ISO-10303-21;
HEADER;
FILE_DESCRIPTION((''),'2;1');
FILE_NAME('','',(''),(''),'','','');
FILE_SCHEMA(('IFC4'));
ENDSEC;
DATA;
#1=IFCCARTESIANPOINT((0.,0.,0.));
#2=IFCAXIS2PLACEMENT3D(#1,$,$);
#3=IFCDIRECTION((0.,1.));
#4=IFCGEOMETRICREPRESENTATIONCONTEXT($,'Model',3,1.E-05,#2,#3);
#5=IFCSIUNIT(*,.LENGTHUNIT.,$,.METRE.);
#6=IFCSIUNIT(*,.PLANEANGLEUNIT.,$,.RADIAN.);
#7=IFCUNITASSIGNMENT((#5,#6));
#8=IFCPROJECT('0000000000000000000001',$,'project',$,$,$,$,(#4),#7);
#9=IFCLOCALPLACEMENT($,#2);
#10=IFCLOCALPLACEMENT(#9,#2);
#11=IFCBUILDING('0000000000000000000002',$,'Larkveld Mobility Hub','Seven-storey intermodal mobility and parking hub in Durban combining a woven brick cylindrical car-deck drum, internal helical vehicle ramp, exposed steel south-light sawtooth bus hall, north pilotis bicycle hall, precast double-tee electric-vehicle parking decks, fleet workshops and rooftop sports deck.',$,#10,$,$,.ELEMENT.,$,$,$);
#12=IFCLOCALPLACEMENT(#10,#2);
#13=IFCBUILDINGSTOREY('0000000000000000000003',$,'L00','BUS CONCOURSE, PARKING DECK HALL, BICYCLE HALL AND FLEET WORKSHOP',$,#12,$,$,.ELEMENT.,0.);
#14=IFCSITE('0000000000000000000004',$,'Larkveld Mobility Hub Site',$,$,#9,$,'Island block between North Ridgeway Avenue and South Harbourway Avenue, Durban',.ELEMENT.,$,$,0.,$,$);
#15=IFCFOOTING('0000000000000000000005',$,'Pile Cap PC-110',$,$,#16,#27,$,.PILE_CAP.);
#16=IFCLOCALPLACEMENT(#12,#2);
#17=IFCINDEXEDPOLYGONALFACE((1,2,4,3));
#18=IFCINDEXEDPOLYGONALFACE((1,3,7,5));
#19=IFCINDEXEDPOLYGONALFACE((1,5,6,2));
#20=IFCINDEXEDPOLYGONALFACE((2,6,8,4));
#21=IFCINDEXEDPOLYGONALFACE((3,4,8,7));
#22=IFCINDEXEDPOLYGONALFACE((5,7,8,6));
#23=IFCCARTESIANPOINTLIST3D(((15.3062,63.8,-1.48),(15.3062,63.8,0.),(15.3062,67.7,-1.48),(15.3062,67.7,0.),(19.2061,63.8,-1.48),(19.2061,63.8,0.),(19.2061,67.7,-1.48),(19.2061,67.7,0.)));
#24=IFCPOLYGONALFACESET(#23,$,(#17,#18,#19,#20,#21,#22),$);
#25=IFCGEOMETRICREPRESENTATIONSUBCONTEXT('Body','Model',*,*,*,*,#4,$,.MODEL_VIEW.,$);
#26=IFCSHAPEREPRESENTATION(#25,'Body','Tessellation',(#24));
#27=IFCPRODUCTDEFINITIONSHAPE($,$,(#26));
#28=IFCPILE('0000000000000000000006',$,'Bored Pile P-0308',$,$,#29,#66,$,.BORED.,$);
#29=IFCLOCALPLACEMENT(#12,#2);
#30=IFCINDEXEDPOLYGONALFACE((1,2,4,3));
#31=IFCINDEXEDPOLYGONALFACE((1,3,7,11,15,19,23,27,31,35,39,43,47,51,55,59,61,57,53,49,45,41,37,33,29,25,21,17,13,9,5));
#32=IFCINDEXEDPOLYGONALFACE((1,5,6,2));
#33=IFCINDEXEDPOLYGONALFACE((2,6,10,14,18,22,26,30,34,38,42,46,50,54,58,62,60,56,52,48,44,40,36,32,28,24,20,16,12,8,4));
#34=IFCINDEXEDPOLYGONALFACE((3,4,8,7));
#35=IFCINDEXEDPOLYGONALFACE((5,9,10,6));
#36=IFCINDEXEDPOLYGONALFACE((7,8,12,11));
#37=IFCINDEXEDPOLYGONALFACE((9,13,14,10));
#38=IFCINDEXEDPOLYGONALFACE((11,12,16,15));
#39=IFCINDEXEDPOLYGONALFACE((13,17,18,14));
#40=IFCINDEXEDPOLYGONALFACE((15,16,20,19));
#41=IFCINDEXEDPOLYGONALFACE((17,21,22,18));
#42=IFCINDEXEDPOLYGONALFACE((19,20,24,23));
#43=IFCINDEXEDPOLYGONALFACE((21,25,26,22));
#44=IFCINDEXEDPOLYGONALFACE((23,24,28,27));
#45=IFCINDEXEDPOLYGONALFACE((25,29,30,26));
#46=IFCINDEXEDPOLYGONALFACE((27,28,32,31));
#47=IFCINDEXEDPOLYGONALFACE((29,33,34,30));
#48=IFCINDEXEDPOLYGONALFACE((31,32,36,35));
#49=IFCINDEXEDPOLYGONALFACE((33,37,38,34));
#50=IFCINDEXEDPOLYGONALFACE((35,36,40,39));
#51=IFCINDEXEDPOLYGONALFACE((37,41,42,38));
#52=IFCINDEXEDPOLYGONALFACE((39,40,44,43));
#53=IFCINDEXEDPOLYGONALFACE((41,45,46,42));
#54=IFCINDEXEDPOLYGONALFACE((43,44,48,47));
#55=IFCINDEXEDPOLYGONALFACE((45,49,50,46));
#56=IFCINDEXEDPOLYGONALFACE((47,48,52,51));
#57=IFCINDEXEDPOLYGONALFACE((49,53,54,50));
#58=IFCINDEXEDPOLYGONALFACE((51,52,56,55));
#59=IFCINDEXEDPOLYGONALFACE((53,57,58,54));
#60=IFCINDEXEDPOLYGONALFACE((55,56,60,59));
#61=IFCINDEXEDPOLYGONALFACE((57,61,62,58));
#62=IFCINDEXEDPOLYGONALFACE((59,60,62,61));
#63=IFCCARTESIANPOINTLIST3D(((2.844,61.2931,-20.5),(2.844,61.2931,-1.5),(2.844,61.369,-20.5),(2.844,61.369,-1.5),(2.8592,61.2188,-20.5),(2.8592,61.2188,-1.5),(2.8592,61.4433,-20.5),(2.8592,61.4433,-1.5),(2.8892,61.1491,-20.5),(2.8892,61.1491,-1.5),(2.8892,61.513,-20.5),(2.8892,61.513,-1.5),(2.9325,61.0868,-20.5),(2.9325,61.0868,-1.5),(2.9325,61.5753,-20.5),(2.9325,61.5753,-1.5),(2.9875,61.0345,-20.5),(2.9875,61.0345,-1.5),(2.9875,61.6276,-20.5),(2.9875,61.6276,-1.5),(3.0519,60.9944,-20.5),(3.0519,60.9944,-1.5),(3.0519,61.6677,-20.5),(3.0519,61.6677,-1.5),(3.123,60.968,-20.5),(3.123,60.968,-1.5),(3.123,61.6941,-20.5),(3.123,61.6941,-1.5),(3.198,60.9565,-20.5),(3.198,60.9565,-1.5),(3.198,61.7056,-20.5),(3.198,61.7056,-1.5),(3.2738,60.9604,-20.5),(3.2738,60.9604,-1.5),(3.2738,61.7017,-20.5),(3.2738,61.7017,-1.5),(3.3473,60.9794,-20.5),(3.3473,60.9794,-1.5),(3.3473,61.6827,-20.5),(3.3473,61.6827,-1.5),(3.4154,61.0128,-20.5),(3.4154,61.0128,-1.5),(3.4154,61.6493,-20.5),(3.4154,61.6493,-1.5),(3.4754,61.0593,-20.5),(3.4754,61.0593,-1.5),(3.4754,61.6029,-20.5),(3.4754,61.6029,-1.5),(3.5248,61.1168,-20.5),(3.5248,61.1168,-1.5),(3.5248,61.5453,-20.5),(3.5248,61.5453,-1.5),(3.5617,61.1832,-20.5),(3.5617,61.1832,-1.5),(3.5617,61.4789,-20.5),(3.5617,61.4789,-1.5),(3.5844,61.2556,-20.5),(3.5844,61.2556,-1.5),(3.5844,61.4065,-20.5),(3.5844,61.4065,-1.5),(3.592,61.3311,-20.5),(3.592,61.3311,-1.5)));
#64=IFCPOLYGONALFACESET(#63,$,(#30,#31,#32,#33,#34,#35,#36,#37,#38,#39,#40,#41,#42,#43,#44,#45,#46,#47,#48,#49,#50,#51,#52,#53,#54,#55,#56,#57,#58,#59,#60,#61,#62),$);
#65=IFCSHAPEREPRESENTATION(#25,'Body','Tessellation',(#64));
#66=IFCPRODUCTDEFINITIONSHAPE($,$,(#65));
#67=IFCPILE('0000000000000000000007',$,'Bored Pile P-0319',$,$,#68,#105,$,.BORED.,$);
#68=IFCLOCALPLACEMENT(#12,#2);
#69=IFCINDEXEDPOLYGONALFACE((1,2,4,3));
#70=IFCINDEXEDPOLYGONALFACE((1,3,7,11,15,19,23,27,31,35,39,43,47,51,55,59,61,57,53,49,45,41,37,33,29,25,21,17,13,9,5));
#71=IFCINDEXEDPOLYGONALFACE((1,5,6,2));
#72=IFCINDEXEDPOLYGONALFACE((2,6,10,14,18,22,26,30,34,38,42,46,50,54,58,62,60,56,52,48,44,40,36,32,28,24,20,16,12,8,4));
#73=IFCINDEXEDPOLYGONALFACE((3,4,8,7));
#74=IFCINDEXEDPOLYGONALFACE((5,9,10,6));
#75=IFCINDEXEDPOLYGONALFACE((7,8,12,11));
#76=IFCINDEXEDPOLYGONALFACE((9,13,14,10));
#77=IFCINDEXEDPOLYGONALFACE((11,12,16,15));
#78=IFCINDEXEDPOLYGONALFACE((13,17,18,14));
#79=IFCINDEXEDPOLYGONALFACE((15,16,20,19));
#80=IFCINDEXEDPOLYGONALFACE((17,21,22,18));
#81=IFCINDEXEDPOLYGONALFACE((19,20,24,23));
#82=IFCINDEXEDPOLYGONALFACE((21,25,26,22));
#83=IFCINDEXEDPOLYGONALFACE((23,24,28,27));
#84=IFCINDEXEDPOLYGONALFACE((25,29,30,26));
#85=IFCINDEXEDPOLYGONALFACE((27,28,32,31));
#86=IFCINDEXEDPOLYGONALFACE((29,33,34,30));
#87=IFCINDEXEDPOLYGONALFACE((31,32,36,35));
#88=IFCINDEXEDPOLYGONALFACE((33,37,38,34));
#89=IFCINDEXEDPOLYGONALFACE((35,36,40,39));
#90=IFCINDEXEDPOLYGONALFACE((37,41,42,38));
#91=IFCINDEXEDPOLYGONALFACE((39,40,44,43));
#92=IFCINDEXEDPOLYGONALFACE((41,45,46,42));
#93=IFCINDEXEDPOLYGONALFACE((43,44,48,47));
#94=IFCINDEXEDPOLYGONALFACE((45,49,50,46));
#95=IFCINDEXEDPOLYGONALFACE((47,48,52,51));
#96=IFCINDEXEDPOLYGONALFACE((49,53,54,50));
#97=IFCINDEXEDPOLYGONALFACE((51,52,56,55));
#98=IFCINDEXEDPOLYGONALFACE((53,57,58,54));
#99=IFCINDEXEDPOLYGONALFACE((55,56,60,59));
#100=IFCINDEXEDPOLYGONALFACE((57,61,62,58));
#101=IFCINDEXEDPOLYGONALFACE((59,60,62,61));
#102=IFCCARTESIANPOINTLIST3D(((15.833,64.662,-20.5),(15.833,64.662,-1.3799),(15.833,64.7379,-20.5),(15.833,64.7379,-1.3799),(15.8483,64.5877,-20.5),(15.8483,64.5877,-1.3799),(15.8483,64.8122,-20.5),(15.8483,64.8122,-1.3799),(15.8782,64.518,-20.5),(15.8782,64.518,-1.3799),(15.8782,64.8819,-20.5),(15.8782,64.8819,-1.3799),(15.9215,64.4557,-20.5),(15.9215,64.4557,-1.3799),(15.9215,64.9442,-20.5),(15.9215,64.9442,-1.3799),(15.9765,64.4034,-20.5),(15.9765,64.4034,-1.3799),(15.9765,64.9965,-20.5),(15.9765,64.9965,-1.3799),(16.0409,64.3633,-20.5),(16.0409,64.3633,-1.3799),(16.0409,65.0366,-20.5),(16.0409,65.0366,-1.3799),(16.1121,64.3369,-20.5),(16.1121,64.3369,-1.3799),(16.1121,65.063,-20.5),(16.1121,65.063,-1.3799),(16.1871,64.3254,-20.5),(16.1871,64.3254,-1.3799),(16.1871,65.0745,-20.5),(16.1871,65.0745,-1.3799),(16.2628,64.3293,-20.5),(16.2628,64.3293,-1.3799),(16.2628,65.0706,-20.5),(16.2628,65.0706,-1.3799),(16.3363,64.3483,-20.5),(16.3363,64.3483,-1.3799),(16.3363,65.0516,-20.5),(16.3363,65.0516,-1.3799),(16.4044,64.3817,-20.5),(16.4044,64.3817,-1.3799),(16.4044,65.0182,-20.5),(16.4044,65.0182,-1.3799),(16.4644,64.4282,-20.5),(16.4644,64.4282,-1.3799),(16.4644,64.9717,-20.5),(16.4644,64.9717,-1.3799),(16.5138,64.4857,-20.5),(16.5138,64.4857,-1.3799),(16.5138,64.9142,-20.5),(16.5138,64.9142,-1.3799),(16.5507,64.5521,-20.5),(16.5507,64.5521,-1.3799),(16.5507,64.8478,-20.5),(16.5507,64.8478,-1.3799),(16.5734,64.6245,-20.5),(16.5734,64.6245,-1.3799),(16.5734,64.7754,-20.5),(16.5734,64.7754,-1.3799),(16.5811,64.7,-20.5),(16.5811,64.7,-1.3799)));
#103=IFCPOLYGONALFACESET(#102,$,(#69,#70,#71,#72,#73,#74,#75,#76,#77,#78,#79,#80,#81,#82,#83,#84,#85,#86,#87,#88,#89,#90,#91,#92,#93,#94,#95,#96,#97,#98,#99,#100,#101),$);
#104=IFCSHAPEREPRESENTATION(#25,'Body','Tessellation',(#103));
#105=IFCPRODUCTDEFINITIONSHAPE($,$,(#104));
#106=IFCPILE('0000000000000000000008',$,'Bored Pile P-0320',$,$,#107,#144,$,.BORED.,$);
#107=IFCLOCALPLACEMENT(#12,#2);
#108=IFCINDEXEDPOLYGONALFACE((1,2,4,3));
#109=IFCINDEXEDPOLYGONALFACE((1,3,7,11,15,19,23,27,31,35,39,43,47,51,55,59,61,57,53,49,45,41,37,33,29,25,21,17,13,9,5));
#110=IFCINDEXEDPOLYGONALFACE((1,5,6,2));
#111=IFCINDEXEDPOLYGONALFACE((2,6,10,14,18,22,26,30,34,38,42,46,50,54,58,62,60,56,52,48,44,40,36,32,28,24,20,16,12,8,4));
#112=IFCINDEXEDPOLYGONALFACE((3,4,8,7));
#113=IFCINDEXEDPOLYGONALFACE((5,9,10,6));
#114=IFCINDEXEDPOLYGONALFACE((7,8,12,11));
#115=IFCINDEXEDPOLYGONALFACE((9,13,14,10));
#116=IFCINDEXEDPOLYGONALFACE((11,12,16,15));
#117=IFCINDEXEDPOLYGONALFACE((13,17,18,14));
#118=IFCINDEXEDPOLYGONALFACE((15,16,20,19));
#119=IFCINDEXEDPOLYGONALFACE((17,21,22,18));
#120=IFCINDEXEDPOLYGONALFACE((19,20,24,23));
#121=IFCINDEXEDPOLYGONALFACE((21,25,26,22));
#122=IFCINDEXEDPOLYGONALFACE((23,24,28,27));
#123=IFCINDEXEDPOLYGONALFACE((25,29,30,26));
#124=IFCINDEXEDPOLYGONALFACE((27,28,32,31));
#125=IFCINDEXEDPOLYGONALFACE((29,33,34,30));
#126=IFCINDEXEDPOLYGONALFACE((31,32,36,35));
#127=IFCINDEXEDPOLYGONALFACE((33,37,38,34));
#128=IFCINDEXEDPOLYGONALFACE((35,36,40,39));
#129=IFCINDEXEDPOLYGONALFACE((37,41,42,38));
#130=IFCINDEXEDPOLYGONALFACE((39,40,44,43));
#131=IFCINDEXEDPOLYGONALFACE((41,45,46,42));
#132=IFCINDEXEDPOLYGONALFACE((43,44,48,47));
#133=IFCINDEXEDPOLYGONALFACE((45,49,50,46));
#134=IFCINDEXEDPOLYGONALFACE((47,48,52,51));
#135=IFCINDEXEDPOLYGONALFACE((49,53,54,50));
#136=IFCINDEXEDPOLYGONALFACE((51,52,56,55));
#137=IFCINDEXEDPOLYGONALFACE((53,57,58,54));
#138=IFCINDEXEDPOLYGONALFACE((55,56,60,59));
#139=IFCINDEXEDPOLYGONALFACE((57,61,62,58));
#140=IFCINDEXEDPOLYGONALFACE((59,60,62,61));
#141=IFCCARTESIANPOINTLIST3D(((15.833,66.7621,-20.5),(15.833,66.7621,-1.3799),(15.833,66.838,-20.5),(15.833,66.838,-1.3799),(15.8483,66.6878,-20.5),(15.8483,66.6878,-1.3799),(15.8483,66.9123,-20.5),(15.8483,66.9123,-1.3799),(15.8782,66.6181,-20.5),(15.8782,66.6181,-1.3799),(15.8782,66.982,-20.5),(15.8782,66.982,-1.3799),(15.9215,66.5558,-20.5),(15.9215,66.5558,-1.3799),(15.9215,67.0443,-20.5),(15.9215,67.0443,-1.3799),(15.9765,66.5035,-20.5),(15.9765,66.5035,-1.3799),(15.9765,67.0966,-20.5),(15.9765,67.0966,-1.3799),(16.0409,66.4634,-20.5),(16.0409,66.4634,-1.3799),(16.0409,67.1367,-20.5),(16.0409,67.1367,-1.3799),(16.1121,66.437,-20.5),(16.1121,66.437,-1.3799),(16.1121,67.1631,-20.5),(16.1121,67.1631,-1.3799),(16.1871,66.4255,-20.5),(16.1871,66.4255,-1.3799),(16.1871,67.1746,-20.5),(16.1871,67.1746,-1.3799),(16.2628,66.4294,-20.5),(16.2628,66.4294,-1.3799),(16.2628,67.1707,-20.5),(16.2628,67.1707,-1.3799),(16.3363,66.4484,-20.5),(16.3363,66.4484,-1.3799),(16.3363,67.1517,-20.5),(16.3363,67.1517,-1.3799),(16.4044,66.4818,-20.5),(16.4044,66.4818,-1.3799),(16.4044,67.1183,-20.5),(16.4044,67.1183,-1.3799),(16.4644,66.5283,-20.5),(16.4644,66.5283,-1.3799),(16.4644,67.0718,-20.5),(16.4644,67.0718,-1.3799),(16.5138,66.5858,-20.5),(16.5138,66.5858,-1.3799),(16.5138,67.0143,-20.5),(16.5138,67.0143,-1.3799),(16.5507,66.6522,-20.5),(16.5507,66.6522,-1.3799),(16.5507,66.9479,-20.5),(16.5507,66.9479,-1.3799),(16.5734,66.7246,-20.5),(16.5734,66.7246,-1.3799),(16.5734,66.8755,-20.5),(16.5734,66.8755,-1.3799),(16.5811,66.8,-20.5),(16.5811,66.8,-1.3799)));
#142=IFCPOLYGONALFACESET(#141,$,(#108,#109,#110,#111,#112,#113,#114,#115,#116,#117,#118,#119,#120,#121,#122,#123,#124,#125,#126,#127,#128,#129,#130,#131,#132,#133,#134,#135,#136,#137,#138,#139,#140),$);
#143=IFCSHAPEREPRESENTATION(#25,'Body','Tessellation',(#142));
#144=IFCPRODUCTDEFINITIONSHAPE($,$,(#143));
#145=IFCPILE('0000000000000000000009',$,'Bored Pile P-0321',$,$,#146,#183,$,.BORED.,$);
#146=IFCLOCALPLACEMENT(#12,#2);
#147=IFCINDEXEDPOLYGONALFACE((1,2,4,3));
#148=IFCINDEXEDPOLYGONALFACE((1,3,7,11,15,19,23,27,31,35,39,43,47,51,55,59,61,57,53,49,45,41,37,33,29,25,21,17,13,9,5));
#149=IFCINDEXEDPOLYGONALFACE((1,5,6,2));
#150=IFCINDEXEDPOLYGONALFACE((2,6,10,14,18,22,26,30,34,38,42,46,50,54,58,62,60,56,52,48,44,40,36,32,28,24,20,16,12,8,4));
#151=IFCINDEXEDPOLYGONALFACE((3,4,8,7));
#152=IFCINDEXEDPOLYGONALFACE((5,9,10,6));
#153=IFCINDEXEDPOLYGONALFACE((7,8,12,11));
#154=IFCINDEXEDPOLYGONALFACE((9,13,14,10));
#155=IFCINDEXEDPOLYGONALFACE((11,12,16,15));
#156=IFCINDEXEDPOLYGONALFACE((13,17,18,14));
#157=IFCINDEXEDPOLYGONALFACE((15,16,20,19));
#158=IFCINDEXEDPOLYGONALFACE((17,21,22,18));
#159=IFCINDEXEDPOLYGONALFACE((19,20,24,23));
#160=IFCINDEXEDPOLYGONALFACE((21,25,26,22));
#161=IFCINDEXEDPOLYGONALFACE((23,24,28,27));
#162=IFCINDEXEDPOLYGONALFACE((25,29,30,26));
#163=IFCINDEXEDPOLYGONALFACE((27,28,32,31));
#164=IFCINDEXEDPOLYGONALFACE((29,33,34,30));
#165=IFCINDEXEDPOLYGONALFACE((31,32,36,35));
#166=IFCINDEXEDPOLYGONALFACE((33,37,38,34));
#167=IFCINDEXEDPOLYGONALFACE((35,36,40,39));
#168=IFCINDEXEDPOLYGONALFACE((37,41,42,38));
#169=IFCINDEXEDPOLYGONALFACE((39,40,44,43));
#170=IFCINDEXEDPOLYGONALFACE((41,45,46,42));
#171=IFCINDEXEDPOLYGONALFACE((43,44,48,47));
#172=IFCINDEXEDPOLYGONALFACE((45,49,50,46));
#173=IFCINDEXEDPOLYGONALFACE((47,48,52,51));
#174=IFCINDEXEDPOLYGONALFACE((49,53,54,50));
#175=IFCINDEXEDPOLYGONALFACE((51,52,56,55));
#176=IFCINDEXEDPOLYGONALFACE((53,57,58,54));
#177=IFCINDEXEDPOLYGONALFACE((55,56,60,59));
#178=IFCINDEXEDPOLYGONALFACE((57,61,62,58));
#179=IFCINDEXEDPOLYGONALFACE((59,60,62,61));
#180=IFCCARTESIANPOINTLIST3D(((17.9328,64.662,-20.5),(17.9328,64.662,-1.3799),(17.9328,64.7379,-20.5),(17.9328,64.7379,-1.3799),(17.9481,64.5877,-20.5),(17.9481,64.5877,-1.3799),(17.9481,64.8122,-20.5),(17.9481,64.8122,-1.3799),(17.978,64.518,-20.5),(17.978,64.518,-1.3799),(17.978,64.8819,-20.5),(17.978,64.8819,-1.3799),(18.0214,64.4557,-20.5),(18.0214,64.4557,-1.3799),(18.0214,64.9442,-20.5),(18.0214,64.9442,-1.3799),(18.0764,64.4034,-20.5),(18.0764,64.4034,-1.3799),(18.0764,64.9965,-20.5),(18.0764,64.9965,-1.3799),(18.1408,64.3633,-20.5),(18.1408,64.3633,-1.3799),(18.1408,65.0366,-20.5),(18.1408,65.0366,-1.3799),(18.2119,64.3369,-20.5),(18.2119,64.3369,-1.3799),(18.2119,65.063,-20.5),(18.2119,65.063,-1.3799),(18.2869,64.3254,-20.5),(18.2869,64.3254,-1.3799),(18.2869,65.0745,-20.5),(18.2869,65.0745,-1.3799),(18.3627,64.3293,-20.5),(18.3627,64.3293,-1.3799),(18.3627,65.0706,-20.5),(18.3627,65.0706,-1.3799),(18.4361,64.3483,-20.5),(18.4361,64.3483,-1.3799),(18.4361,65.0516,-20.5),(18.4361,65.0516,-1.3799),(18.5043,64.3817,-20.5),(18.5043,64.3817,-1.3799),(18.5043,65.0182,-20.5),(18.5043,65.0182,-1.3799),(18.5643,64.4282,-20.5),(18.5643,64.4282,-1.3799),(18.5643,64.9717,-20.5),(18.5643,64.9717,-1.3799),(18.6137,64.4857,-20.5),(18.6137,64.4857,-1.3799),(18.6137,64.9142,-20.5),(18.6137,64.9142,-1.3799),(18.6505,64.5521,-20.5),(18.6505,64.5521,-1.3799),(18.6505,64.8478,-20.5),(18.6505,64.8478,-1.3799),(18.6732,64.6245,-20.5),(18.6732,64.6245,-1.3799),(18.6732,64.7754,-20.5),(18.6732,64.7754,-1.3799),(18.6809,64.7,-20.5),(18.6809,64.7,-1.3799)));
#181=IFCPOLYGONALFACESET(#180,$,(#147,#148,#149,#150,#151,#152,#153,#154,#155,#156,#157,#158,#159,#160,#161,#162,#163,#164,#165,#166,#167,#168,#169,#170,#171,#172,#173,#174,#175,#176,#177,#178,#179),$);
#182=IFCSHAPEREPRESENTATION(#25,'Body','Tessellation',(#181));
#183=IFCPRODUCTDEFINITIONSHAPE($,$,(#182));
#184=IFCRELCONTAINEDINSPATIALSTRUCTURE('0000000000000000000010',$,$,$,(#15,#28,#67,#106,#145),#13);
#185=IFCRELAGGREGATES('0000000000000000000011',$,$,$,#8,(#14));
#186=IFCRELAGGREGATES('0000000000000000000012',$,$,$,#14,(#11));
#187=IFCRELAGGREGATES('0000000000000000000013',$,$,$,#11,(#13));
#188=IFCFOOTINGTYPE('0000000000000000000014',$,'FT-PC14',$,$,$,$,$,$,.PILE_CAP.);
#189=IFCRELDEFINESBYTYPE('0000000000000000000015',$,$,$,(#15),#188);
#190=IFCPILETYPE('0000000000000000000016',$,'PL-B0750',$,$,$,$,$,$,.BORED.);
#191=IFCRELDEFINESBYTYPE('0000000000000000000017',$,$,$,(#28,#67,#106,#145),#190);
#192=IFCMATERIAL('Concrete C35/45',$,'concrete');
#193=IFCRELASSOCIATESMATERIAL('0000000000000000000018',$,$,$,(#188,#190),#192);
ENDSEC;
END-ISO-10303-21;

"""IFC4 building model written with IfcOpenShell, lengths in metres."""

from ifc_helpers import new_model, si_unit, direction, frame, origin, origin_2d, place, context, subcontext, project, spatial, rectangle, circle, extrude, material, material_profile, profile_set, type_object, element, save


model = new_model("IFC4")

# Units and contexts
model_context = context("Model", 3, precision=1e-05, world=origin(), true_north=direction((0.0, 1.0)))
body_context = subcontext(model_context, "Body", "Model", "MODEL_VIEW")
ifc_project = project(units=[si_unit("LENGTHUNIT", "METRE"), si_unit("PLANEANGLEUNIT", "RADIAN")], contexts=[model_context])

# Site, building, storey
site_placement = place(None, origin())
site = spatial("IfcSite", under=ifc_project, at=site_placement, Name="Larkveld Mobility Hub Site", LongName="Island block between North Ridgeway Avenue and South Harbourway Avenue, Durban", CompositionType="ELEMENT", RefElevation=0.0)
building_placement = place(site_placement, origin())
building = spatial("IfcBuilding", under=site, at=building_placement, Name="Larkveld Mobility Hub", Description="Seven-storey intermodal mobility and parking hub in Durban combining a woven brick cylindrical car-deck drum, internal helical vehicle ramp, exposed steel south-light sawtooth bus hall, north pilotis bicycle hall, precast double-tee electric-vehicle parking decks, fleet workshops and rooftop sports deck.", CompositionType="ELEMENT")
storey_placement = place(building_placement, origin())
storey = spatial("IfcBuildingStorey", under=building, at=storey_placement, Name="L00", Description="BUS CONCOURSE, PARKING DECK HALL, BICYCLE HALL AND FLEET WORKSHOP", CompositionType="ELEMENT", Elevation=0.0)

# Footing
ifc_material_1 = material(Name="Concrete C35/45", Category="concrete")
footing_type = type_object("IfcFootingType", Name="FT-PC14", PredefinedType="PILE_CAP", material=ifc_material_1)
footing_placement = place(storey_placement, frame((17.2561, 65.75, -1.48), z_axis=(0.0, 0.0, 1.0), x_axis=(1.0, 0.0, 0.0)))
element("IfcFooting", 1, at=footing_placement, inside=storey, type_object=footing_type, Name="Pile Cap PC-110", PredefinedType="PILE_CAP", context=body_context, shape_type="SweptSolid", body=[
    extrude(rectangle(XDim=3.8999, YDim=3.8999, at=origin_2d()), origin(), (0.0, 0.0, 1.0), 1.48),
])

# Piles
ifc_material_profile_1 = material_profile(ifc_material_1, circle(Radius=0.375, at=origin_2d()), Name="PILE D750")
ifc_profile_set_1 = profile_set([ifc_material_profile_1], Name="Concrete C35/45")
pile_type = type_object("IfcPileType", Name="PL-B0750", PredefinedType="BORED", material=ifc_profile_set_1)
pile_placement = place(storey_placement, frame((3.217, 61.3311, -1.5), z_axis=(0.0, 0.0, -1.0), x_axis=(1.0, 0.0, 0.0)))
element("IfcPile", 2, at=pile_placement, inside=storey, type_object=pile_type, Name="Bored Pile P-0308", PredefinedType="BORED", context=body_context, shape_type="SweptSolid", body=[
    extrude(circle(Radius=0.375, at=origin_2d()), origin(), (0.0, 0.0, 1.0), 19.0),
])
for number, where, z_axis, x_axis, name in (
    (3, (16.2061, 64.7, -1.3799), (0.0, 0.0, -1.0), (1.0, 0.0, 0.0), "Bored Pile P-0319"),
    (4, (16.2061, 66.8, -1.3799), (0.0, 0.0, -1.0), (1.0, 0.0, 0.0), "Bored Pile P-0320"),
    (5, (18.3059, 64.7, -1.3799), (0.0, 0.0, -1.0), (1.0, 0.0, 0.0), "Bored Pile P-0321"),
):
    element("IfcPile", number, at=place(storey_placement, frame(where, z_axis=z_axis, x_axis=x_axis)), inside=storey, type_object=pile_type, Name=name, PredefinedType="BORED", context=body_context, shape_type="SweptSolid", body=[
        extrude(circle(Radius=0.375, at=origin_2d()), origin(), (0.0, 0.0, 1.0), 19.1201),
    ])

save(model, "model.ifc")
